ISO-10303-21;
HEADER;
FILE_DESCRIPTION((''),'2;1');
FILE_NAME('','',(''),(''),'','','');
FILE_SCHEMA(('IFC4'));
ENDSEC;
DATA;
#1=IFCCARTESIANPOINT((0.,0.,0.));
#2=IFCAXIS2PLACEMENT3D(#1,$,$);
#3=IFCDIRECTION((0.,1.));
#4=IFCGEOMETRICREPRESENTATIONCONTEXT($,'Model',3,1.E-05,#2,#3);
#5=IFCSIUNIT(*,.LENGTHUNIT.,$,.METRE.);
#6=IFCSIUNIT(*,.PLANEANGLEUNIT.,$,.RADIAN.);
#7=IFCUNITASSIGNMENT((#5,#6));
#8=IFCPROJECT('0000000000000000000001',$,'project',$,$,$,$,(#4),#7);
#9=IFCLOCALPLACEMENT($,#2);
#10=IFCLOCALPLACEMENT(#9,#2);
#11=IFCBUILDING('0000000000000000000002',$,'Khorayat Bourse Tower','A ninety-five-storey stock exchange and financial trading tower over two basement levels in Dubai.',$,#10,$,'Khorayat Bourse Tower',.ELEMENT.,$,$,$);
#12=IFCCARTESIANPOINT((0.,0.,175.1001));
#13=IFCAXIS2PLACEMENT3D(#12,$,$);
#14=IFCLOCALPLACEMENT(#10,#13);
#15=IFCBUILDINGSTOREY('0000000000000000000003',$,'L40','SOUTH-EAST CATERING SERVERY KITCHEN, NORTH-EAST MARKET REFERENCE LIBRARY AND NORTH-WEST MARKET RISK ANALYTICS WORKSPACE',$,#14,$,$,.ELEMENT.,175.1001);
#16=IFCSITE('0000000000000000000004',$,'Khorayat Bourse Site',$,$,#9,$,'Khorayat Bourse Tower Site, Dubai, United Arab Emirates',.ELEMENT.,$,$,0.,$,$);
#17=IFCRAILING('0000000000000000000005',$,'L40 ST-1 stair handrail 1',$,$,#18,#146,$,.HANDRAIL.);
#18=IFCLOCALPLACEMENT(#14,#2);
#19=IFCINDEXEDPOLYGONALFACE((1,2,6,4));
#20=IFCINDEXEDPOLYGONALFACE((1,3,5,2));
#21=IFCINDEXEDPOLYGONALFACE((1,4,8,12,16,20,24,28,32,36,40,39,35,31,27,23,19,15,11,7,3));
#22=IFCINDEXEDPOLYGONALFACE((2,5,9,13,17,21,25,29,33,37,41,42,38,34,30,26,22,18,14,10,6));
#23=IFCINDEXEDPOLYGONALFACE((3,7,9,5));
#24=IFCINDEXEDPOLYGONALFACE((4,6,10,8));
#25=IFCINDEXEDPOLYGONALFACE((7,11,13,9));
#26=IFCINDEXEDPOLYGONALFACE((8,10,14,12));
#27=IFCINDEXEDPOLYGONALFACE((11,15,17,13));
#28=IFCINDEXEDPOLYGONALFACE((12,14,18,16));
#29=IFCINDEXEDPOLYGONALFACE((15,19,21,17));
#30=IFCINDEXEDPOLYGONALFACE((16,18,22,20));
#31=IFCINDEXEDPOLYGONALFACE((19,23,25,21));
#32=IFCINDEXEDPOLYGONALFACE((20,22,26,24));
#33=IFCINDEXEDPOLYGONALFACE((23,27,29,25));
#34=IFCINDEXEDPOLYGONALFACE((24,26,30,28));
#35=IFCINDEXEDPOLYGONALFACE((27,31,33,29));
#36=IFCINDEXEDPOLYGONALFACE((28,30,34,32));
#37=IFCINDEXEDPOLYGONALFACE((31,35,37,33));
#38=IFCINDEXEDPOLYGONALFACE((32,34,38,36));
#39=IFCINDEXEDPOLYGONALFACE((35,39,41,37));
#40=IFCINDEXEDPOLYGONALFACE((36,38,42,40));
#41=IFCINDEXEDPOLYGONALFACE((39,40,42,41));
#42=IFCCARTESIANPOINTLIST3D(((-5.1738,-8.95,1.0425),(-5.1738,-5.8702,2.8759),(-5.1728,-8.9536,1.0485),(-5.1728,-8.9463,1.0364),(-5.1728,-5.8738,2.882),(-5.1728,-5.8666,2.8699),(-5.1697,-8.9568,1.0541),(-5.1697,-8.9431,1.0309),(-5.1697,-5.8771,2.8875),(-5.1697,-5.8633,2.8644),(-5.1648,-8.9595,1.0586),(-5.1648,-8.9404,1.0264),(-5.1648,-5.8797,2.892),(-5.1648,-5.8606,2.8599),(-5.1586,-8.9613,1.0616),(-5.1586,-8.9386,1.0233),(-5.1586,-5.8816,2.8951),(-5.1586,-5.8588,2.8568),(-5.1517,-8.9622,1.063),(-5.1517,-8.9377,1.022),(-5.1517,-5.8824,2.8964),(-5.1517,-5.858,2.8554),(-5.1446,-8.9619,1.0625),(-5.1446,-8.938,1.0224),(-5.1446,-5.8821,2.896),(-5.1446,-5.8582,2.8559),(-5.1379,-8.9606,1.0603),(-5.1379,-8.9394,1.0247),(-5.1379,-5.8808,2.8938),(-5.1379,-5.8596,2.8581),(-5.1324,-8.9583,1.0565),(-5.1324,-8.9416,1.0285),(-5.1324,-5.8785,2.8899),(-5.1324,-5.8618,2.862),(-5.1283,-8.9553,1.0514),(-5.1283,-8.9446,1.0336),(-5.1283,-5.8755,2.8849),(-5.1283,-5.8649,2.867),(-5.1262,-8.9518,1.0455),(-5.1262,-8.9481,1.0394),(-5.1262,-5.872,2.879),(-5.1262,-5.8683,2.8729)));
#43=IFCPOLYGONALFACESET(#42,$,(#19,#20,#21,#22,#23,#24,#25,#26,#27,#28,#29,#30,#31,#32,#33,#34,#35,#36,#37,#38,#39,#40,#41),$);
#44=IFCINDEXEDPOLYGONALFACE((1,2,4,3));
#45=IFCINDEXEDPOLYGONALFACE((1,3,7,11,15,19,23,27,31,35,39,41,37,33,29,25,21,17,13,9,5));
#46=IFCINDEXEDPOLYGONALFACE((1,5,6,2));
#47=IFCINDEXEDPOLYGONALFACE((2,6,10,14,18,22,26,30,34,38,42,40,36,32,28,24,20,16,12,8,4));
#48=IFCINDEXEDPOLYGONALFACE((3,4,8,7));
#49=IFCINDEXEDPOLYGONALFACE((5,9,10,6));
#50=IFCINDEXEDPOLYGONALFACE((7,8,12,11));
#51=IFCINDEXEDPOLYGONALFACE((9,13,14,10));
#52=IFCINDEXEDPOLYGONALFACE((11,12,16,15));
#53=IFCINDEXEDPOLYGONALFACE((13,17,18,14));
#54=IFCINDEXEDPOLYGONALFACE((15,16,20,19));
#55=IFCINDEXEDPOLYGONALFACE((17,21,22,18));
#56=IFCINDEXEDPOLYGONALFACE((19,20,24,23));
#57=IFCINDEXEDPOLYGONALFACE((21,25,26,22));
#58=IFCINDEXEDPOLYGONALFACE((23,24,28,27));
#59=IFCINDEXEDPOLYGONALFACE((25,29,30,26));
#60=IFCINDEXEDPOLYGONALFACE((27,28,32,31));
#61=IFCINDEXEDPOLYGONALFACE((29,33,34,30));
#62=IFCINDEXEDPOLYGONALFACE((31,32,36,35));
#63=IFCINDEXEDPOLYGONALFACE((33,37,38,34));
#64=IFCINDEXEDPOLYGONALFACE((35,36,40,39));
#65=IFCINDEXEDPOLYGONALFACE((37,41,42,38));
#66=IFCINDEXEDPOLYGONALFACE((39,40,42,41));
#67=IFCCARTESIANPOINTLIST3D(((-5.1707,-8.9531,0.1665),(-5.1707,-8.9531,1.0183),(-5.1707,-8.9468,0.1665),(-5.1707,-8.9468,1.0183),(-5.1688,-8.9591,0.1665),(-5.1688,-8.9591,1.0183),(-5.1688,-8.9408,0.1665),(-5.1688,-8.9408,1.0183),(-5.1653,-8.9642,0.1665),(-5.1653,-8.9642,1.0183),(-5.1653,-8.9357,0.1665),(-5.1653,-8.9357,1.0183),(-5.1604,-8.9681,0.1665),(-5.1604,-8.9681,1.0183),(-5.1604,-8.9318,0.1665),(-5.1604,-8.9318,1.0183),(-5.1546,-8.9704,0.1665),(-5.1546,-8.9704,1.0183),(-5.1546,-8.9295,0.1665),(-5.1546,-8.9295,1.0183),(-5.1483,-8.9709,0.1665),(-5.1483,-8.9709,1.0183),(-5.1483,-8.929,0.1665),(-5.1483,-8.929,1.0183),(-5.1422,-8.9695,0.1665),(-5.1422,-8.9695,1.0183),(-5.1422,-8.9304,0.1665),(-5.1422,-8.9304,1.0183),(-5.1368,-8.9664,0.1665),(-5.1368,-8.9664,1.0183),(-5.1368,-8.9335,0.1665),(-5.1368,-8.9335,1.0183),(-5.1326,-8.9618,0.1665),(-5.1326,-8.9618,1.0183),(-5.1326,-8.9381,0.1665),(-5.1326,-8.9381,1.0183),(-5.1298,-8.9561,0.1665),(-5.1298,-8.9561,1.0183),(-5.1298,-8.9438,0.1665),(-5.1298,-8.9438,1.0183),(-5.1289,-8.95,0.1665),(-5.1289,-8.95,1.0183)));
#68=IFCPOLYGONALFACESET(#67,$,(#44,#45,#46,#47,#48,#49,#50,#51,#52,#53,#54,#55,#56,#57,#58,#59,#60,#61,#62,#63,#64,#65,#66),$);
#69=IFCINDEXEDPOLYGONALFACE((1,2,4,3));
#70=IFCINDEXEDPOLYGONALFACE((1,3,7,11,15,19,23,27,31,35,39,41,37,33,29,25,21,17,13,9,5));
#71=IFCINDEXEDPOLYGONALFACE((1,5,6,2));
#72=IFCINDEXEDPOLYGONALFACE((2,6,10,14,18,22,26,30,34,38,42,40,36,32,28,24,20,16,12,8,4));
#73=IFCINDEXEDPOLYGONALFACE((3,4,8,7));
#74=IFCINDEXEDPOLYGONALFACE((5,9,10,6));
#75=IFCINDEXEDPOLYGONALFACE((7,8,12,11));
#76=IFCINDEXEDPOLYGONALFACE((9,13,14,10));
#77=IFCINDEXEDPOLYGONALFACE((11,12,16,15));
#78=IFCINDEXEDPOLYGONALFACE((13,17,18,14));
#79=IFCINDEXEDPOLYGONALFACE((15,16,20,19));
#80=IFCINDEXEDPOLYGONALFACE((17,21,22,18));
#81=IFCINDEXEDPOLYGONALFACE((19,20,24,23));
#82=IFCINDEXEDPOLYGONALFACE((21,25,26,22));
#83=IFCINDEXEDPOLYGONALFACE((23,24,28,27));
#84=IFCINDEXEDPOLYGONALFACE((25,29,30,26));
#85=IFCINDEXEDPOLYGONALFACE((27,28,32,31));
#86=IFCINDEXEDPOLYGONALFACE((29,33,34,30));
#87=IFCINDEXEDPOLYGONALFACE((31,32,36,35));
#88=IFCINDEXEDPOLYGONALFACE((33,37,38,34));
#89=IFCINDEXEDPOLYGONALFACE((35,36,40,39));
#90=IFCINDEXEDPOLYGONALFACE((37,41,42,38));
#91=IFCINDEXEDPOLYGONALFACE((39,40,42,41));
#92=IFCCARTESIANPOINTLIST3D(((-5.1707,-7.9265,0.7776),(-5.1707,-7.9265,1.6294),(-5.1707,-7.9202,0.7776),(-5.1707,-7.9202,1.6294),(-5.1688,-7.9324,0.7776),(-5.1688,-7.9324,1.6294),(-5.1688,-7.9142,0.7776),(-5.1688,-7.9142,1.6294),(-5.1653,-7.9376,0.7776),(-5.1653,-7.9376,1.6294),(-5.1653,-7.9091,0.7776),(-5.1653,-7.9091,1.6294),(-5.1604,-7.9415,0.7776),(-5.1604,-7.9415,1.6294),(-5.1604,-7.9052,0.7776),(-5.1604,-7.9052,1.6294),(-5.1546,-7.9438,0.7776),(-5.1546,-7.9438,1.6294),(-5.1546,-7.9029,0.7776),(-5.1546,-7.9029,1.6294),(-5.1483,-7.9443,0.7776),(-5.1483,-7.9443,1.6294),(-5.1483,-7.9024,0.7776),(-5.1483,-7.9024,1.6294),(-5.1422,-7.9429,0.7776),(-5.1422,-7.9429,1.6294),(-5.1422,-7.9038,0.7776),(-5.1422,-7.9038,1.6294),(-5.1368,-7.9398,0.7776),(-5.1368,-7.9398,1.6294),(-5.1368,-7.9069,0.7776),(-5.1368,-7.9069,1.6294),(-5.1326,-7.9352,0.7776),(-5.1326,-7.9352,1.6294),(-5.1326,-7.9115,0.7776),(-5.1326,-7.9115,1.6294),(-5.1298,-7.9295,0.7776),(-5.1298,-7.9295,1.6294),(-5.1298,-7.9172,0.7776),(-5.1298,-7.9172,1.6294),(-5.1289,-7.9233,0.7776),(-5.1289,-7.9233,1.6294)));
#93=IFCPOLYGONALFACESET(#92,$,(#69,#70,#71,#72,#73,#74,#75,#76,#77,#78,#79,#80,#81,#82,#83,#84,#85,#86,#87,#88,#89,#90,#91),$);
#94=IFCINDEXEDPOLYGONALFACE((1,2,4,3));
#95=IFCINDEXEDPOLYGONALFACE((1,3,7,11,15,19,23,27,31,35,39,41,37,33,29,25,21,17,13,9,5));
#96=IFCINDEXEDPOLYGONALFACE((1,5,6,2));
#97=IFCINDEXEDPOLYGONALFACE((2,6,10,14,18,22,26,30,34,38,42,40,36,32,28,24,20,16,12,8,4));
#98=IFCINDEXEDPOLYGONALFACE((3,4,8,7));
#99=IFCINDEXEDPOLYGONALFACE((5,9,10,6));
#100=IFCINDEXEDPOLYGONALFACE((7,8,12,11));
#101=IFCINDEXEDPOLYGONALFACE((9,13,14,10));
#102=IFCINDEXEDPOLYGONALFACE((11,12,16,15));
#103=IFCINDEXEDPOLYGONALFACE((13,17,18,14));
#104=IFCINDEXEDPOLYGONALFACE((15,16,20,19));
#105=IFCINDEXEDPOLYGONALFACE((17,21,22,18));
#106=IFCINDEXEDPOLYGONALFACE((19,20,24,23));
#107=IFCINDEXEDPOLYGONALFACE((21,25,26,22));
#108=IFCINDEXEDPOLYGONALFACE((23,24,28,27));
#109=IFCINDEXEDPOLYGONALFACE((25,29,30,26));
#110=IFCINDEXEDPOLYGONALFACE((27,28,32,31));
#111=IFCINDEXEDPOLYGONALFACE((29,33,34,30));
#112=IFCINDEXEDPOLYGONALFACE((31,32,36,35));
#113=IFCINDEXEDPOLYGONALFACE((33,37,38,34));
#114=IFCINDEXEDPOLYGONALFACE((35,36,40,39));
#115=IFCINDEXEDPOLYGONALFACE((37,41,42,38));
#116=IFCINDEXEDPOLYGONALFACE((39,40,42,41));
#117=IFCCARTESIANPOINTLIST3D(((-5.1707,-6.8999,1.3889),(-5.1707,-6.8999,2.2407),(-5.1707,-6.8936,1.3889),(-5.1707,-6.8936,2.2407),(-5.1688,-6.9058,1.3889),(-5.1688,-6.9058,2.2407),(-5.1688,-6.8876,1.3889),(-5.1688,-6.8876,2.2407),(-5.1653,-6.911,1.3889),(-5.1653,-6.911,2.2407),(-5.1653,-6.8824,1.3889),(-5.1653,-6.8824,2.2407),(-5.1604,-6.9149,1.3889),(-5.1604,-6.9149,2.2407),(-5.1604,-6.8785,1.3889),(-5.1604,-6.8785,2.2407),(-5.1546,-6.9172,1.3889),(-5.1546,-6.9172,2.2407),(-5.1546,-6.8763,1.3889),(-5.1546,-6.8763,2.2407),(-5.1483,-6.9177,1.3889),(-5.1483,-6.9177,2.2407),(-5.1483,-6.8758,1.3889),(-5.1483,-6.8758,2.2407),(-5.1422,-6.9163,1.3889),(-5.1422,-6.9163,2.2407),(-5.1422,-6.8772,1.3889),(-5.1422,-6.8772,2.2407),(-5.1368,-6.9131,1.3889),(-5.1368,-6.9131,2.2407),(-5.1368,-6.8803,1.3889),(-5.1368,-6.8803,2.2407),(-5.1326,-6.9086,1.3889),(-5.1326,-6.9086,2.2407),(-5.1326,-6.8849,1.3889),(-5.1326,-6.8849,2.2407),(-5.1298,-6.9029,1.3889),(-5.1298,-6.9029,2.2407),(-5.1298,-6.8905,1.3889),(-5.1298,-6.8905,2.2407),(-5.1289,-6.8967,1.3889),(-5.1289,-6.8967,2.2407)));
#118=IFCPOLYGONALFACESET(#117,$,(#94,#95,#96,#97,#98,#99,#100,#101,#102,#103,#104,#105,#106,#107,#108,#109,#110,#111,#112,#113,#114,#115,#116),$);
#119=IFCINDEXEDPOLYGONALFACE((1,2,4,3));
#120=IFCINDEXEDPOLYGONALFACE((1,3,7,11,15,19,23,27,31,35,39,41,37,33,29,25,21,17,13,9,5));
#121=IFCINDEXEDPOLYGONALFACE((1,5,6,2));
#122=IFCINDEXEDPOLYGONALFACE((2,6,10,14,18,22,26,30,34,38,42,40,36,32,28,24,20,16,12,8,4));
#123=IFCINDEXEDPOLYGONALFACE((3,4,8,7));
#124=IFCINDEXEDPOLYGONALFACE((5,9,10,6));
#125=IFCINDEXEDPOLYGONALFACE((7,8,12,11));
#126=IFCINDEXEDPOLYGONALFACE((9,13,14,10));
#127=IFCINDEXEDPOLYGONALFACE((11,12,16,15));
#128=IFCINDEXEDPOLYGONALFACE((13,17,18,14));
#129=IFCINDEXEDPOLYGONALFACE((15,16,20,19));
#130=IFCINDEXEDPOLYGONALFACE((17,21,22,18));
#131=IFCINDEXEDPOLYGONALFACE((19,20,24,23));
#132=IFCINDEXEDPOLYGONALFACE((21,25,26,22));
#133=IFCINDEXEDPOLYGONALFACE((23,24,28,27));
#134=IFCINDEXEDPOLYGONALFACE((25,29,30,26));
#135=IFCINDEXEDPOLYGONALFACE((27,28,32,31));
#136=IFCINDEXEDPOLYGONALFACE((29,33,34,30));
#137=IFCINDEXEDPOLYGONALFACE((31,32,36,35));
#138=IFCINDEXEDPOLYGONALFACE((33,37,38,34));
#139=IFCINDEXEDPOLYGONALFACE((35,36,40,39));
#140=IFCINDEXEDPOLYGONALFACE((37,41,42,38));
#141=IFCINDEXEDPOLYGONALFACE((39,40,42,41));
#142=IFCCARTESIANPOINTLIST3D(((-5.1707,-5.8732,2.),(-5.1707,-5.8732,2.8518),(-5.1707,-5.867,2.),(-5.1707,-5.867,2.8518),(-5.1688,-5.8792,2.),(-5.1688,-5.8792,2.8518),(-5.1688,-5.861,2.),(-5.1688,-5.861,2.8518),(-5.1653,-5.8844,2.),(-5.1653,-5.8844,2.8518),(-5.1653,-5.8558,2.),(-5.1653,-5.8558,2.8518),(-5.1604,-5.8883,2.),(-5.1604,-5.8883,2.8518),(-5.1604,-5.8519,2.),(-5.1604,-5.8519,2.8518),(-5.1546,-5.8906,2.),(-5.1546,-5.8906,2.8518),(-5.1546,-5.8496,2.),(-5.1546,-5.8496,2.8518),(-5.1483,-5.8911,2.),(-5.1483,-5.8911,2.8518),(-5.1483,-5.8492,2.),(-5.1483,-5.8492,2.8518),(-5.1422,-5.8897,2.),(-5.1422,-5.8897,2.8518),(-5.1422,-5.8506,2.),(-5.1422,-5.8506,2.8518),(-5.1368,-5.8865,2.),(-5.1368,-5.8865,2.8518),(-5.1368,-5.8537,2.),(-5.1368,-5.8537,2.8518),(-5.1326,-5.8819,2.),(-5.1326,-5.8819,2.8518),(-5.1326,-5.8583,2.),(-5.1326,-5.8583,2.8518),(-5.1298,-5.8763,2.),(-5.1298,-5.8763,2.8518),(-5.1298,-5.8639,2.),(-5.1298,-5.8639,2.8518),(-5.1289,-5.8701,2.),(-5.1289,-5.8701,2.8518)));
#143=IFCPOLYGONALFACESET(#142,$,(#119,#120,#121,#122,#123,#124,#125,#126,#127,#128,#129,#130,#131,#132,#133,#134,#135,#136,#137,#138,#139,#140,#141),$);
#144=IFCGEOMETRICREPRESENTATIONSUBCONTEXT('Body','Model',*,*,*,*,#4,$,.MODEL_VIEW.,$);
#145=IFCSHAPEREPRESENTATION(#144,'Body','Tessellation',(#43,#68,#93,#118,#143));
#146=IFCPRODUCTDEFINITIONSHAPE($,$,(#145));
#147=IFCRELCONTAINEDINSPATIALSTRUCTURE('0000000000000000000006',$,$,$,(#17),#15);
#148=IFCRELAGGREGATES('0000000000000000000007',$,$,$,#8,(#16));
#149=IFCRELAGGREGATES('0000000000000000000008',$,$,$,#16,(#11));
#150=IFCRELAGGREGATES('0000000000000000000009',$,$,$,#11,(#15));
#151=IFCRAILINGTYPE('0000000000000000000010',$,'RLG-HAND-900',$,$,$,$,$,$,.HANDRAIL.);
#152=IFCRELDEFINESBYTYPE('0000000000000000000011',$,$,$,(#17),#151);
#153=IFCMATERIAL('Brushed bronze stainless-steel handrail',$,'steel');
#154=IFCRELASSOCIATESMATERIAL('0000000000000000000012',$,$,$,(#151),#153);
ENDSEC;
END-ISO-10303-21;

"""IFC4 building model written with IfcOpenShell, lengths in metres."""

from ifc_helpers import new_model, si_unit, direction, frame, origin, origin_2d, place, context, subcontext, project, spatial, circle, extrude, source, transform, mapped, material, type_object, element, save


model = new_model("IFC4")

# Units and contexts
model_context = context("Model", 3, precision=1e-05, world=origin(), true_north=direction((0.0, 1.0)))
body_context = subcontext(model_context, "Body", "Model", "MODEL_VIEW")
ifc_project = project(units=[si_unit("LENGTHUNIT", "METRE"), si_unit("PLANEANGLEUNIT", "RADIAN")], contexts=[model_context])

# Site, building, storey
site_placement = place(None, origin())
site = spatial("IfcSite", under=ifc_project, at=site_placement, Name="Khorayat Bourse Site", LongName="Khorayat Bourse Tower Site, Dubai, United Arab Emirates", CompositionType="ELEMENT", RefElevation=0.0)
building_placement = place(site_placement, origin())
building = spatial("IfcBuilding", under=site, at=building_placement, Name="Khorayat Bourse Tower", Description="A ninety-five-storey stock exchange and financial trading tower over two basement levels in Dubai.", LongName="Khorayat Bourse Tower", CompositionType="ELEMENT")
storey_placement = place(building_placement, frame((0.0, 0.0, 175.1001)))
storey = spatial("IfcBuildingStorey", under=building, at=storey_placement, Name="L40", Description="SOUTH-EAST CATERING SERVERY KITCHEN, NORTH-EAST MARKET REFERENCE LIBRARY AND NORTH-WEST MARKET RISK ANALYTICS WORKSPACE", CompositionType="ELEMENT", Elevation=175.1001)

# Railing
ifc_material_1 = material(Name="Brushed bronze stainless-steel handrail", Category="steel")
railing_type_1 = type_object("IfcRailingType", Name="RLG-HAND-900", PredefinedType="HANDRAIL", material=ifc_material_1)
shared_shape_1 = source(origin(), body_context, "Body", "SweptSolid", [
    extrude(circle(Radius=0.0239, at=origin_2d()), frame((0.0, 0.0, 0.876), z_axis=(0.0, 0.859261, 0.511538), x_axis=(-1.0, 0.0, 0.0)), (0.0, 0.0, 1.0), 3.5842),
    extrude(circle(Radius=0.021, at=origin_2d()), origin(), (0.0, 0.0, 1.0), 0.8518),
    extrude(circle(Radius=0.021, at=origin_2d()), frame((0.0, 1.0266, 0.6111)), (0.0, 0.0, 1.0), 0.8518),
    extrude(circle(Radius=0.021, at=origin_2d()), frame((0.0, 2.0532, 1.2224)), (0.0, 0.0, 1.0), 0.8518),
    extrude(circle(Radius=0.021, at=origin_2d()), frame((0.0, 3.0798, 1.8335)), (0.0, 0.0, 1.0), 0.8518),
])
railing_1_placement = place(storey_placement, frame((-5.1499, -8.95, 0.1665)))
element("IfcRailing", 1, at=railing_1_placement, inside=storey, type_object=railing_type_1, Name="L40 ST-1 stair handrail 1", PredefinedType="HANDRAIL", context=body_context, shape_type="MappedRepresentation", body=[
    mapped(shared_shape_1, transform((0.0, 0.0, 0.0), scale=1.0)),
])

save(model, "model.ifc")
